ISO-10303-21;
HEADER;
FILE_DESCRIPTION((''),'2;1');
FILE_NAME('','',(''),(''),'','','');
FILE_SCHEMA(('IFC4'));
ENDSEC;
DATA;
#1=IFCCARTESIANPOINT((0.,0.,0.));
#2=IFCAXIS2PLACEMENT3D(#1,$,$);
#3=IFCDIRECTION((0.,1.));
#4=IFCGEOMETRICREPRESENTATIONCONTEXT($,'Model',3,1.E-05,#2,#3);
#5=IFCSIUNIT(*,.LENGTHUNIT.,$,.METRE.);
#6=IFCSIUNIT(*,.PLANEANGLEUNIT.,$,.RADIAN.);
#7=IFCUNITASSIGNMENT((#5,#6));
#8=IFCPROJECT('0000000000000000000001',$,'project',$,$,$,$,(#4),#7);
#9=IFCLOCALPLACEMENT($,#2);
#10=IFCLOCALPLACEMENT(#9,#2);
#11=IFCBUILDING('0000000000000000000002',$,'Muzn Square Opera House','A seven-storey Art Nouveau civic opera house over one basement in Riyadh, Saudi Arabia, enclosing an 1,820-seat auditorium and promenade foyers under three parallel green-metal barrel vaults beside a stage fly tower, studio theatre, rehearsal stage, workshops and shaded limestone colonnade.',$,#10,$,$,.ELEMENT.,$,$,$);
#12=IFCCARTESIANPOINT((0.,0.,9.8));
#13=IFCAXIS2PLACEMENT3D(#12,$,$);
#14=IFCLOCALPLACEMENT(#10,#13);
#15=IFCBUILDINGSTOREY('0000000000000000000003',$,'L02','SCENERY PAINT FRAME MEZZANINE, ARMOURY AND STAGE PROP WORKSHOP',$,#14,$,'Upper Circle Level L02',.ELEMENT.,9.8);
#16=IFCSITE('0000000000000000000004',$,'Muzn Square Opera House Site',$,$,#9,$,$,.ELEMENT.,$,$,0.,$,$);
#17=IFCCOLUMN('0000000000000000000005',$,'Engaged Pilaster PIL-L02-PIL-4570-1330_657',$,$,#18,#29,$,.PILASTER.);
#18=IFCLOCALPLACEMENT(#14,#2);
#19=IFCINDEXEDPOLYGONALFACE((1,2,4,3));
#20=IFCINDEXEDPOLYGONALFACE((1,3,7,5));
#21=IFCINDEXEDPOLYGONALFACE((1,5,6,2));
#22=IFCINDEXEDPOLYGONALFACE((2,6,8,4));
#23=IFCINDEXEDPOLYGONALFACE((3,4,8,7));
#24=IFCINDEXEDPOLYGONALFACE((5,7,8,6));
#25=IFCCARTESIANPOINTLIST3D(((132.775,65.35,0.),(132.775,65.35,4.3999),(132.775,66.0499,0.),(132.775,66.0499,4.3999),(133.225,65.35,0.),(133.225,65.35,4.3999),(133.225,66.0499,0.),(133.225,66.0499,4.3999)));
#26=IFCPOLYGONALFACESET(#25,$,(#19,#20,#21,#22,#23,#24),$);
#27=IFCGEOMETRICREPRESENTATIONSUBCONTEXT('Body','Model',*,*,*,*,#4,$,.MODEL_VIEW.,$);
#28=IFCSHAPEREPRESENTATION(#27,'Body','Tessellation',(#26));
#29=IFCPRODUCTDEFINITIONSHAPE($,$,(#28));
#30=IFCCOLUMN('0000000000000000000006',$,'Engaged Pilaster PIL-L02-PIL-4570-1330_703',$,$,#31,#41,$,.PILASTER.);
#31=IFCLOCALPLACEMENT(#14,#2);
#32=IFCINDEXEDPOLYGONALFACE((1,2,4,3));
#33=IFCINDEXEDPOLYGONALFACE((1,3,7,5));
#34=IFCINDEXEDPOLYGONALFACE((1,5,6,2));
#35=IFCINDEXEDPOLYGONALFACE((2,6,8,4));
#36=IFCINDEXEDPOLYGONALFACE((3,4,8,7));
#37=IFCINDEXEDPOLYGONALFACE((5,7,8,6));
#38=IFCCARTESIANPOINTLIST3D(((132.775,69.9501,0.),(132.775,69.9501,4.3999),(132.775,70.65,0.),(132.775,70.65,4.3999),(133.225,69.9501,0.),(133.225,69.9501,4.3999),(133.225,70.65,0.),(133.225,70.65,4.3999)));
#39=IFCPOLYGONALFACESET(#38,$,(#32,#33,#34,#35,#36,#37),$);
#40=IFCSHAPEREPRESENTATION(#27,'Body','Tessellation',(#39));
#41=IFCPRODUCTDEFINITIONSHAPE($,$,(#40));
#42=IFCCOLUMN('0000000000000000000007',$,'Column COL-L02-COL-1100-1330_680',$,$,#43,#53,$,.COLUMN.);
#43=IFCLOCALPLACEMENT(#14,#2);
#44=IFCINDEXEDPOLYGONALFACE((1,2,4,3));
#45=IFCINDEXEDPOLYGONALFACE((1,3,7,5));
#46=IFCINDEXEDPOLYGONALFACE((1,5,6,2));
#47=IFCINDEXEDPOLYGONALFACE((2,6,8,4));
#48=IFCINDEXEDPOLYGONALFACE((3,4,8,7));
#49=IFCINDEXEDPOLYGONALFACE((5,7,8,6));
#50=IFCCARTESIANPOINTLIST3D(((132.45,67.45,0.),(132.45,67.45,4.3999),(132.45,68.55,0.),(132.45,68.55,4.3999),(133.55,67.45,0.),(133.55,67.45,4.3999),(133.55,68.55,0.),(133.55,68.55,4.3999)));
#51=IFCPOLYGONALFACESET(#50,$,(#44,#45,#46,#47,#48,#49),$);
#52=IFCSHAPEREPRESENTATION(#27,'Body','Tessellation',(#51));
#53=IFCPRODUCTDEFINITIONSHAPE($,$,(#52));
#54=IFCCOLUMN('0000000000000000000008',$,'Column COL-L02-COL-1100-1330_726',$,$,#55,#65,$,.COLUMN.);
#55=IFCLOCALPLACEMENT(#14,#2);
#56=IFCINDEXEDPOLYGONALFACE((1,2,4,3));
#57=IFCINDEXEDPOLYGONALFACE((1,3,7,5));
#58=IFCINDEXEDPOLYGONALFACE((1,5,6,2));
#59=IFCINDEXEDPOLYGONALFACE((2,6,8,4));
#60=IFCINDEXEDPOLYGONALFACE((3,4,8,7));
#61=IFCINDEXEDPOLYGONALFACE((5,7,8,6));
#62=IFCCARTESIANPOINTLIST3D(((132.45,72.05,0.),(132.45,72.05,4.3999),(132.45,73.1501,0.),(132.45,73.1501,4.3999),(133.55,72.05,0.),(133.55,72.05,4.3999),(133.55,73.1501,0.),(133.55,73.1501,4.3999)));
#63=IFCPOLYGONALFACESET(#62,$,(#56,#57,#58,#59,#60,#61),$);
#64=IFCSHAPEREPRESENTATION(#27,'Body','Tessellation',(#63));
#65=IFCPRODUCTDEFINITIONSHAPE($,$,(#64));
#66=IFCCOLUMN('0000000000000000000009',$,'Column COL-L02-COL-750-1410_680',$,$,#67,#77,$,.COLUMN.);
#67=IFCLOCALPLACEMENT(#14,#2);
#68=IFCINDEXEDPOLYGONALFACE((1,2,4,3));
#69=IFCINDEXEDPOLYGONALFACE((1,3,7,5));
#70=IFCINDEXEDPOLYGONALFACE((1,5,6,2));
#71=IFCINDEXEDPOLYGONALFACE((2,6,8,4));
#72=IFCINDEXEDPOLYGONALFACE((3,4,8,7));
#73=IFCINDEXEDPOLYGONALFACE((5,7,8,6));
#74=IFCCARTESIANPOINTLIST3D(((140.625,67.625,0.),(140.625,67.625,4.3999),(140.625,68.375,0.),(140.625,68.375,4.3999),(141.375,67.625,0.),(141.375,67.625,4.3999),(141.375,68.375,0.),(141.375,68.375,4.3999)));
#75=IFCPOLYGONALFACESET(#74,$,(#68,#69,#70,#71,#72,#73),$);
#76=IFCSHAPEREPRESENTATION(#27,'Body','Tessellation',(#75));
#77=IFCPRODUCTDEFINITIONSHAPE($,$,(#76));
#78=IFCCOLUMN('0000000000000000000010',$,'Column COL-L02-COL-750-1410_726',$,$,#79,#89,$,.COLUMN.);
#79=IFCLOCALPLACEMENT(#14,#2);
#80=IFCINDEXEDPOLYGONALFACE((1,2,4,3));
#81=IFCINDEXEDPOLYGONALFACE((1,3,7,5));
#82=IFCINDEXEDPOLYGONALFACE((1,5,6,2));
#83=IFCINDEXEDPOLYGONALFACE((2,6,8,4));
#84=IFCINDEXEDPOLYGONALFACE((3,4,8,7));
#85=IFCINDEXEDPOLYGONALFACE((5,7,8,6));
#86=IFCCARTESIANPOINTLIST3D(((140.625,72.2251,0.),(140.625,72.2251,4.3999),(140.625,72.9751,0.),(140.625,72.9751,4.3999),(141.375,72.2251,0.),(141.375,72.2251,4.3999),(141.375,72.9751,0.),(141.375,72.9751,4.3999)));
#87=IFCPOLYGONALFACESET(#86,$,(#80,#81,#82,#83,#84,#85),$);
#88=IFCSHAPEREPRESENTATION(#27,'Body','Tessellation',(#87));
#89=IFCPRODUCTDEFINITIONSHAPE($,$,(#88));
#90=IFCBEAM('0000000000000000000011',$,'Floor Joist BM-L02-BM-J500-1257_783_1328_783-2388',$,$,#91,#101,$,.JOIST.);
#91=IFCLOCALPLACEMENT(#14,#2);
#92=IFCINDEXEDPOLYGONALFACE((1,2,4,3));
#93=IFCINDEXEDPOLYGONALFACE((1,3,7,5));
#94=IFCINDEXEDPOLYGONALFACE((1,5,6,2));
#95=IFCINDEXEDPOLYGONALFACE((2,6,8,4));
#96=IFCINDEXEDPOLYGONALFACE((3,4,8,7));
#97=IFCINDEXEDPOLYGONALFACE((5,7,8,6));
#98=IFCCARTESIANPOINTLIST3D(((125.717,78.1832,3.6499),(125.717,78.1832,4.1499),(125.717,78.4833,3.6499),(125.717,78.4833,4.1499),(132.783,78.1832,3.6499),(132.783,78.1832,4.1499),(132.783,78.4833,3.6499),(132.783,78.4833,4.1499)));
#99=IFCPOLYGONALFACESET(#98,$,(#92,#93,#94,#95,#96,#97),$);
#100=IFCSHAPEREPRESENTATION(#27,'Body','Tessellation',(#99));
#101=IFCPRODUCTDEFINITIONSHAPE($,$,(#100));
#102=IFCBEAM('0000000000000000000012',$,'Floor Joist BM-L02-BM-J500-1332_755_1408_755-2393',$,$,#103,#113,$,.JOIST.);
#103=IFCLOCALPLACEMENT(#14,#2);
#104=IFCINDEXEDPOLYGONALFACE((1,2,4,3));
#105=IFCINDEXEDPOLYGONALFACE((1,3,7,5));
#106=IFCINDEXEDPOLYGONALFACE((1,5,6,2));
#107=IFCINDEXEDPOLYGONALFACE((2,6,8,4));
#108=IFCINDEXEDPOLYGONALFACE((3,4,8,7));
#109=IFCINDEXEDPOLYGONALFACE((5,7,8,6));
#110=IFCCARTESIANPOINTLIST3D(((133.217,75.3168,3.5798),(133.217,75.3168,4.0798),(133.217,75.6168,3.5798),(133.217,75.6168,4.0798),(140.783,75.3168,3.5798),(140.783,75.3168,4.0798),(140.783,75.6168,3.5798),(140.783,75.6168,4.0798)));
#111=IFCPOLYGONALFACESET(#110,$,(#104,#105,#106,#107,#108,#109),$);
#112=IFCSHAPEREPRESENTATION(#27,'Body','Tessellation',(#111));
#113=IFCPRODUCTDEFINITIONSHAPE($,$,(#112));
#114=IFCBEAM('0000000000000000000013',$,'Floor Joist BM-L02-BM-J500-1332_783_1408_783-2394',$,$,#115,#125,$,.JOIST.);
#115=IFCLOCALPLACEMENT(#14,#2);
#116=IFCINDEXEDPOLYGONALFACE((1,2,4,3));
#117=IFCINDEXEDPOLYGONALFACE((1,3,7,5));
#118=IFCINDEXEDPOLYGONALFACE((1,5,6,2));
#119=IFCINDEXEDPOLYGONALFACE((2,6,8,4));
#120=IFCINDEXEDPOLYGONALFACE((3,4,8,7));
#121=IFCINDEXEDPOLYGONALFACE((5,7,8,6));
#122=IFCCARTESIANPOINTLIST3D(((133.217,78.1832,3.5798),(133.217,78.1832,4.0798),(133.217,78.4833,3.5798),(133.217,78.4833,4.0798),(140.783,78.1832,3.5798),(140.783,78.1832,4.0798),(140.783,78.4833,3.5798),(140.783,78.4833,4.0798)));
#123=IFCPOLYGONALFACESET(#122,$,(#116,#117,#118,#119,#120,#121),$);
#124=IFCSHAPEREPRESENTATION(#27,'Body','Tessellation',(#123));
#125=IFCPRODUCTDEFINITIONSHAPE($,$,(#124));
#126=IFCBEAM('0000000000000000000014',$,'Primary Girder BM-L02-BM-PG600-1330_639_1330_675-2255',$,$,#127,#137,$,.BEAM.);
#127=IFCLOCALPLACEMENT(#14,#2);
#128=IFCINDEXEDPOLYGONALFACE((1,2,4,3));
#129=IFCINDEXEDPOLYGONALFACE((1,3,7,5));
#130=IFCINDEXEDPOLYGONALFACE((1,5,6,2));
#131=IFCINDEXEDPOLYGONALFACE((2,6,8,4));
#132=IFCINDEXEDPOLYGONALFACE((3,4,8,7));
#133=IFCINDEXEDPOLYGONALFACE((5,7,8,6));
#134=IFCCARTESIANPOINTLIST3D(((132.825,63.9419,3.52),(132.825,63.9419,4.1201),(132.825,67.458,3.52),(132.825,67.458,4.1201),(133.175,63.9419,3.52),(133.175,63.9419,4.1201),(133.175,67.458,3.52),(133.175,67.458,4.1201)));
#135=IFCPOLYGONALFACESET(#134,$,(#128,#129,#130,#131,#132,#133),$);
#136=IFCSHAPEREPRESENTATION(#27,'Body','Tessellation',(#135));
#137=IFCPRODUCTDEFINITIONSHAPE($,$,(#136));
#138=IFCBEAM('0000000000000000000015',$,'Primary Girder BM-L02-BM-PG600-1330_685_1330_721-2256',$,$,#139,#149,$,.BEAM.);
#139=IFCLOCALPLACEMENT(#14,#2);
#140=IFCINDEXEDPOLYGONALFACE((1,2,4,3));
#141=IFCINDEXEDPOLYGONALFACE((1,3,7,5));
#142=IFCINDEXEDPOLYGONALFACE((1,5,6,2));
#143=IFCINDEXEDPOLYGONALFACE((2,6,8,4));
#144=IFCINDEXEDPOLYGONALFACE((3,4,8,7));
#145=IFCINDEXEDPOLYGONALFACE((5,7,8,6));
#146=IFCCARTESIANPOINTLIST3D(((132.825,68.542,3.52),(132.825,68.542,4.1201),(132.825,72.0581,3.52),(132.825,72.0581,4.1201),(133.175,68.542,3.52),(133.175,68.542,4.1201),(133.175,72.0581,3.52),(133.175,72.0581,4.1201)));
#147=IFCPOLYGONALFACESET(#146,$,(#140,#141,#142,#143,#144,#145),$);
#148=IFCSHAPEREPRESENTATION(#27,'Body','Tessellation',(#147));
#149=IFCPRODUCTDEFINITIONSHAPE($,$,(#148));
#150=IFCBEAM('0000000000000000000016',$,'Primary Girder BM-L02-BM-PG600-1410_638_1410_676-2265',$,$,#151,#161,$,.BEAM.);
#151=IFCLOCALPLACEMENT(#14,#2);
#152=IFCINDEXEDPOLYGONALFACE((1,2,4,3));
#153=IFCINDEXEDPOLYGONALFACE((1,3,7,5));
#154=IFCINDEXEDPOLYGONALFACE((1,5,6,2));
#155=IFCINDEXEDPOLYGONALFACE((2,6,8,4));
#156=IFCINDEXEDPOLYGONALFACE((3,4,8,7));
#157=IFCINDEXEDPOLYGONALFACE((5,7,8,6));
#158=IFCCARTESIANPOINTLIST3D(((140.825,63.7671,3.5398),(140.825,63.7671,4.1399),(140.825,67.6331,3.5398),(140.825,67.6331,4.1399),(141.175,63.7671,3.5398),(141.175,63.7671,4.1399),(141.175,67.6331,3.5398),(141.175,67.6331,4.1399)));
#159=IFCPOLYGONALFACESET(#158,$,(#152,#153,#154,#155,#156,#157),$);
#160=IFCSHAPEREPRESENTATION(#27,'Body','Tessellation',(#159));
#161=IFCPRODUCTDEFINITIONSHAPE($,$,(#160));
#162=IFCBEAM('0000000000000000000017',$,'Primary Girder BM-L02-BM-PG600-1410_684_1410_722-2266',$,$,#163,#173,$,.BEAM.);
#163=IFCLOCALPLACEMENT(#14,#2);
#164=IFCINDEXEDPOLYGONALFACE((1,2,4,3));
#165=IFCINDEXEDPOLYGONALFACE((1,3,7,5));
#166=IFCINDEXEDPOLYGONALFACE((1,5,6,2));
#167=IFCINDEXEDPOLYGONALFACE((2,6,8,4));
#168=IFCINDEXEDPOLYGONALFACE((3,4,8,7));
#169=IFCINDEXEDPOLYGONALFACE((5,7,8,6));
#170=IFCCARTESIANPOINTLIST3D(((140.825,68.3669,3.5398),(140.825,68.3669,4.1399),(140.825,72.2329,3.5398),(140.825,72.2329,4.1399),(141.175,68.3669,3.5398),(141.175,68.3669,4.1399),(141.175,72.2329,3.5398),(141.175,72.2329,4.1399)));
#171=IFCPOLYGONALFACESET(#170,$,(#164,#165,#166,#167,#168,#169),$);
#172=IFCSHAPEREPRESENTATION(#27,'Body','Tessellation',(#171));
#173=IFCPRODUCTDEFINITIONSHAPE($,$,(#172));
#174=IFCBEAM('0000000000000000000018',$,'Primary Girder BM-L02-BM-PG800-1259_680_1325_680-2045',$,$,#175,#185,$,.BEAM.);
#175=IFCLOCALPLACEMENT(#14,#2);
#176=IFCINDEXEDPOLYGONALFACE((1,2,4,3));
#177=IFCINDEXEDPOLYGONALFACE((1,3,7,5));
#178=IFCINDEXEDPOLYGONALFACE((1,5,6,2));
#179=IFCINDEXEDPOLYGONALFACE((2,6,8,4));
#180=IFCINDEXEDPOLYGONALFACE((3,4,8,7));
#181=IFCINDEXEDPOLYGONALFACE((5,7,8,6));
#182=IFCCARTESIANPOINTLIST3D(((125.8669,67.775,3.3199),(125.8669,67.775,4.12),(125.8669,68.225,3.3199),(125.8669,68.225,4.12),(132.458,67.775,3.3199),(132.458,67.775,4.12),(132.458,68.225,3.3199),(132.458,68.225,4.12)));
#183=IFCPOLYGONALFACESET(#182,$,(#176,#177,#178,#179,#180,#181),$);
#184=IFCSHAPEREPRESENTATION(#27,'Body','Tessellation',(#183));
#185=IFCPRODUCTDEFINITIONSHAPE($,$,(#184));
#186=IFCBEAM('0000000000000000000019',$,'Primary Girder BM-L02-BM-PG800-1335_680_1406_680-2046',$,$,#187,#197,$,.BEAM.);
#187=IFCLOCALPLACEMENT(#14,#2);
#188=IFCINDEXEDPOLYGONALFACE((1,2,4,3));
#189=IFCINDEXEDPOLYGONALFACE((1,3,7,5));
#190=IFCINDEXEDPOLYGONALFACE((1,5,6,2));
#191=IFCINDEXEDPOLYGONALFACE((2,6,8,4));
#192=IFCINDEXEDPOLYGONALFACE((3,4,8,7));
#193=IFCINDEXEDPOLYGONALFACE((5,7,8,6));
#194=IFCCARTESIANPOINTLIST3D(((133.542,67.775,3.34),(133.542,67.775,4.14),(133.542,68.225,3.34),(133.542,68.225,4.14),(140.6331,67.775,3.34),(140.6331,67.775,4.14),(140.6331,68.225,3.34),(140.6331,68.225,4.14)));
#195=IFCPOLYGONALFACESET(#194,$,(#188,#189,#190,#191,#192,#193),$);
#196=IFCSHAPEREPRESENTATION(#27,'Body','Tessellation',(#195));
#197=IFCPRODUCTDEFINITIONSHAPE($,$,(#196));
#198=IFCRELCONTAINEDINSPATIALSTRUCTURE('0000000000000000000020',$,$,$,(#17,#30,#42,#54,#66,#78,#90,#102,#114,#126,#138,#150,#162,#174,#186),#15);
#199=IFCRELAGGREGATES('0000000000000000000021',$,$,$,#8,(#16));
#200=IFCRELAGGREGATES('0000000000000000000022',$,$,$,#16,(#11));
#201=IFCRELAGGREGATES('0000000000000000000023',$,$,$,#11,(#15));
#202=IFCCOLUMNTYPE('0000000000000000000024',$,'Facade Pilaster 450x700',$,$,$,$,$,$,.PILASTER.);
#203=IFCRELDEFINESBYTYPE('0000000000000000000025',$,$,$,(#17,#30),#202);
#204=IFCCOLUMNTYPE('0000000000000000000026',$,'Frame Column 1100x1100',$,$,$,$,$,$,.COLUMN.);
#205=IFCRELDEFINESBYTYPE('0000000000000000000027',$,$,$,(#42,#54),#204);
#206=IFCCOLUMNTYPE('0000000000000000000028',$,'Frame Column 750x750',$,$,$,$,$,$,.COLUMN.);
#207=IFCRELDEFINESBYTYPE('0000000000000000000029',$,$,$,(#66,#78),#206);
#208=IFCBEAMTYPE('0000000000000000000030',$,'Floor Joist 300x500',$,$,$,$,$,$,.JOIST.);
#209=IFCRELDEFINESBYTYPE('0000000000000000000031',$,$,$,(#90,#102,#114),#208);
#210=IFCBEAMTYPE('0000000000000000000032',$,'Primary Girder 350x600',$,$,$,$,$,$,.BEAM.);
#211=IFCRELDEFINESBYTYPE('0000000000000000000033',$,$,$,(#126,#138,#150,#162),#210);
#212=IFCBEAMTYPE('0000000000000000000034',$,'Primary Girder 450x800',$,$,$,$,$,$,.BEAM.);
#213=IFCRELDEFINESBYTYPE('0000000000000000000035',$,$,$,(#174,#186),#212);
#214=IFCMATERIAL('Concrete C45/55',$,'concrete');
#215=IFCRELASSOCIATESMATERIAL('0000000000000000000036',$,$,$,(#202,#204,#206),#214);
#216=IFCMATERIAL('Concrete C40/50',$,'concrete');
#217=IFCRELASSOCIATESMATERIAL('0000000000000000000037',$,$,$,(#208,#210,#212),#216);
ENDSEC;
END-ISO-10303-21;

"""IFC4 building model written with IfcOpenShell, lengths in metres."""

from ifc_helpers import new_model, si_unit, direction, frame, origin, origin_2d, place, context, subcontext, project, spatial, rectangle, extrude, material, material_profile, profile_set, type_object, element, save


model = new_model("IFC4")

# Units and contexts
model_context = context("Model", 3, precision=1e-05, world=origin(), true_north=direction((0.0, 1.0)))
body_context = subcontext(model_context, "Body", "Model", "MODEL_VIEW")
ifc_project = project(units=[si_unit("LENGTHUNIT", "METRE"), si_unit("PLANEANGLEUNIT", "RADIAN")], contexts=[model_context])

# Site, building, storey
site_placement = place(None, origin())
site = spatial("IfcSite", under=ifc_project, at=site_placement, Name="Muzn Square Opera House Site", CompositionType="ELEMENT", RefElevation=0.0)
building_placement = place(site_placement, origin())
building = spatial("IfcBuilding", under=site, at=building_placement, Name="Muzn Square Opera House", Description="A seven-storey Art Nouveau civic opera house over one basement in Riyadh, Saudi Arabia, enclosing an 1,820-seat auditorium and promenade foyers under three parallel green-metal barrel vaults beside a stage fly tower, studio theatre, rehearsal stage, workshops and shaded limestone colonnade.", CompositionType="ELEMENT")
storey_placement = place(building_placement, frame((0.0, 0.0, 9.8)))
storey = spatial("IfcBuildingStorey", under=building, at=storey_placement, Name="L02", Description="SCENERY PAINT FRAME MEZZANINE, ARMOURY AND STAGE PROP WORKSHOP", LongName="Upper Circle Level L02", CompositionType="ELEMENT", Elevation=9.8)

# Columns
ifc_material_1 = material(Name="Concrete C45/55", Category="concrete")
ifc_material_profile_1 = material_profile(ifc_material_1, rectangle(XDim=0.45, YDim=0.7, at=origin_2d()), Name="RC 450x700", Category="concrete")
ifc_profile_set_1 = profile_set([ifc_material_profile_1], Name="Concrete C45/55")
column_type_1 = type_object("IfcColumnType", Name="Facade Pilaster 450x700", PredefinedType="PILASTER", material=ifc_profile_set_1)
for number, where, z_axis, x_axis, name in (
    (1, (133.0, 65.7, 0.0), (0.0, 0.0, 1.0), (1.0, 0.0, 0.0), "Engaged Pilaster PIL-L02-PIL-4570-1330_657"),
    (2, (133.0, 70.3, 0.0), (0.0, 0.0, 1.0), (1.0, 0.0, 0.0), "Engaged Pilaster PIL-L02-PIL-4570-1330_703"),
):
    element("IfcColumn", number, at=place(storey_placement, frame(where, z_axis=z_axis, x_axis=x_axis)), inside=storey, type_object=column_type_1, Name=name, PredefinedType="PILASTER", context=body_context, shape_type="SweptSolid", body=[
        extrude(rectangle(XDim=0.45, YDim=0.7, at=origin_2d()), origin(), (0.0, 0.0, 1.0), 4.3999),
    ])
ifc_material_profile_2 = material_profile(ifc_material_1, rectangle(XDim=1.1001, YDim=1.1001, at=origin_2d()), Name="RC 1100x1100", Category="concrete")
ifc_profile_set_2 = profile_set([ifc_material_profile_2], Name="Concrete C45/55")
column_type_2 = type_object("IfcColumnType", Name="Frame Column 1100x1100", PredefinedType="COLUMN", material=ifc_profile_set_2)
for number, where, z_axis, x_axis, name in (
    (3, (133.0, 68.0, 0.0), (0.0, 0.0, 1.0), (1.0, 0.0, 0.0), "Column COL-L02-COL-1100-1330_680"),
    (4, (133.0, 72.6001, 0.0), (0.0, 0.0, 1.0), (1.0, 0.0, 0.0), "Column COL-L02-COL-1100-1330_726"),
):
    element("IfcColumn", number, at=place(storey_placement, frame(where, z_axis=z_axis, x_axis=x_axis)), inside=storey, type_object=column_type_2, Name=name, PredefinedType="COLUMN", context=body_context, shape_type="SweptSolid", body=[
        extrude(rectangle(XDim=1.1001, YDim=1.1001, at=origin_2d()), origin(), (0.0, 0.0, 1.0), 4.3999),
    ])
ifc_material_profile_3 = material_profile(ifc_material_1, rectangle(XDim=0.75, YDim=0.75, at=origin_2d()), Name="RC 750x750", Category="concrete")
ifc_profile_set_3 = profile_set([ifc_material_profile_3], Name="Concrete C45/55")
column_type_3 = type_object("IfcColumnType", Name="Frame Column 750x750", PredefinedType="COLUMN", material=ifc_profile_set_3)
for number, where, z_axis, x_axis, name in (
    (5, (141.0, 68.0, 0.0), (0.0, 0.0, 1.0), (1.0, 0.0, 0.0), "Column COL-L02-COL-750-1410_680"),
    (6, (141.0, 72.6001, 0.0), (0.0, 0.0, 1.0), (1.0, 0.0, 0.0), "Column COL-L02-COL-750-1410_726"),
):
    element("IfcColumn", number, at=place(storey_placement, frame(where, z_axis=z_axis, x_axis=x_axis)), inside=storey, type_object=column_type_3, Name=name, PredefinedType="COLUMN", context=body_context, shape_type="SweptSolid", body=[
        extrude(rectangle(XDim=0.75, YDim=0.75, at=origin_2d()), origin(), (0.0, 0.0, 1.0), 4.3999),
    ])

# Beams
ifc_material_2 = material(Name="Concrete C40/50", Category="concrete")
ifc_material_profile_4 = material_profile(ifc_material_2, rectangle(XDim=0.3, YDim=0.5, at=origin_2d()), Name="RCJ 300x500", Category="concrete")
ifc_profile_set_4 = profile_set([ifc_material_profile_4], Name="Concrete C40/50")
beam_type_1 = type_object("IfcBeamType", Name="Floor Joist 300x500", PredefinedType="JOIST", material=ifc_profile_set_4)
beam_1_placement = place(storey_placement, frame((125.717, 78.3333, 3.8999), z_axis=(1.0, 0.0, 0.0), x_axis=(0.0, 1.0, 0.0)))
element("IfcBeam", 7, at=beam_1_placement, inside=storey, type_object=beam_type_1, Name="Floor Joist BM-L02-BM-J500-1257_783_1328_783-2388", PredefinedType="JOIST", context=body_context, shape_type="SweptSolid", body=[
    extrude(rectangle(XDim=0.3, YDim=0.5, at=origin_2d()), origin(), (0.0, 0.0, 1.0), 7.0659),
])
for number, where, z_axis, x_axis, name in (
    (8, (133.217, 75.4668, 3.8298), (1.0, 0.0, 0.0), (0.0, 1.0, 0.0), "Floor Joist BM-L02-BM-J500-1332_755_1408_755-2393"),
    (9, (133.217, 78.3333, 3.8298), (1.0, 0.0, 0.0), (0.0, 1.0, 0.0), "Floor Joist BM-L02-BM-J500-1332_783_1408_783-2394"),
):
    element("IfcBeam", number, at=place(storey_placement, frame(where, z_axis=z_axis, x_axis=x_axis)), inside=storey, type_object=beam_type_1, Name=name, PredefinedType="JOIST", context=body_context, shape_type="SweptSolid", body=[
        extrude(rectangle(XDim=0.3, YDim=0.5, at=origin_2d()), origin(), (0.0, 0.0, 1.0), 7.5659),
    ])
ifc_material_profile_5 = material_profile(ifc_material_2, rectangle(XDim=0.3501, YDim=0.6001, at=origin_2d()), Name="RCB 350x600", Category="concrete")
ifc_profile_set_5 = profile_set([ifc_material_profile_5], Name="Concrete C40/50")
beam_type_2 = type_object("IfcBeamType", Name="Primary Girder 350x600", PredefinedType="BEAM", material=ifc_profile_set_5)
for number, where, z_axis, x_axis, name in (
    (10, (133.0, 63.9419, 3.8201), (0.0, 1.0, 0.0), (-1.0, 0.0, 0.0), "Primary Girder BM-L02-BM-PG600-1330_639_1330_675-2255"),
    (11, (133.0, 68.542, 3.8201), (0.0, 1.0, 0.0), (-1.0, 0.0, 0.0), "Primary Girder BM-L02-BM-PG600-1330_685_1330_721-2256"),
):
    element("IfcBeam", number, at=place(storey_placement, frame(where, z_axis=z_axis, x_axis=x_axis)), inside=storey, type_object=beam_type_2, Name=name, PredefinedType="BEAM", context=body_context, shape_type="SweptSolid", body=[
        extrude(rectangle(XDim=0.3501, YDim=0.6001, at=origin_2d()), origin(), (0.0, 0.0, 1.0), 3.5161),
    ])
for number, where, z_axis, x_axis, name in (
    (12, (141.0, 63.7671, 3.8398), (0.0, 1.0, 0.0), (-1.0, 0.0, 0.0), "Primary Girder BM-L02-BM-PG600-1410_638_1410_676-2265"),
    (13, (141.0, 68.3669, 3.8398), (0.0, 1.0, 0.0), (-1.0, 0.0, 0.0), "Primary Girder BM-L02-BM-PG600-1410_684_1410_722-2266"),
):
    element("IfcBeam", number, at=place(storey_placement, frame(where, z_axis=z_axis, x_axis=x_axis)), inside=storey, type_object=beam_type_2, Name=name, PredefinedType="BEAM", context=body_context, shape_type="SweptSolid", body=[
        extrude(rectangle(XDim=0.3501, YDim=0.6001, at=origin_2d()), origin(), (0.0, 0.0, 1.0), 3.866),
    ])
ifc_material_profile_6 = material_profile(ifc_material_2, rectangle(XDim=0.45, YDim=0.8, at=origin_2d()), Name="RCB 450x800", Category="concrete")
ifc_profile_set_6 = profile_set([ifc_material_profile_6], Name="Concrete C40/50")
beam_type_3 = type_object("IfcBeamType", Name="Primary Girder 450x800", PredefinedType="BEAM", material=ifc_profile_set_6)
beam_2_placement = place(storey_placement, frame((125.8669, 68.0, 3.72), z_axis=(1.0, 0.0, 0.0), x_axis=(0.0, 1.0, 0.0)))
element("IfcBeam", 14, at=beam_2_placement, inside=storey, type_object=beam_type_3, Name="Primary Girder BM-L02-BM-PG800-1259_680_1325_680-2045", PredefinedType="BEAM", context=body_context, shape_type="SweptSolid", body=[
    extrude(rectangle(XDim=0.45, YDim=0.8, at=origin_2d()), origin(), (0.0, 0.0, 1.0), 6.5911),
])
beam_3_placement = place(storey_placement, frame((133.542, 68.0, 3.74), z_axis=(1.0, 0.0, 0.0), x_axis=(0.0, 1.0, 0.0)))
element("IfcBeam", 15, at=beam_3_placement, inside=storey, type_object=beam_type_3, Name="Primary Girder BM-L02-BM-PG800-1335_680_1406_680-2046", PredefinedType="BEAM", context=body_context, shape_type="SweptSolid", body=[
    extrude(rectangle(XDim=0.45, YDim=0.8, at=origin_2d()), origin(), (0.0, 0.0, 1.0), 7.0911),
])

save(model, "model.ifc")
